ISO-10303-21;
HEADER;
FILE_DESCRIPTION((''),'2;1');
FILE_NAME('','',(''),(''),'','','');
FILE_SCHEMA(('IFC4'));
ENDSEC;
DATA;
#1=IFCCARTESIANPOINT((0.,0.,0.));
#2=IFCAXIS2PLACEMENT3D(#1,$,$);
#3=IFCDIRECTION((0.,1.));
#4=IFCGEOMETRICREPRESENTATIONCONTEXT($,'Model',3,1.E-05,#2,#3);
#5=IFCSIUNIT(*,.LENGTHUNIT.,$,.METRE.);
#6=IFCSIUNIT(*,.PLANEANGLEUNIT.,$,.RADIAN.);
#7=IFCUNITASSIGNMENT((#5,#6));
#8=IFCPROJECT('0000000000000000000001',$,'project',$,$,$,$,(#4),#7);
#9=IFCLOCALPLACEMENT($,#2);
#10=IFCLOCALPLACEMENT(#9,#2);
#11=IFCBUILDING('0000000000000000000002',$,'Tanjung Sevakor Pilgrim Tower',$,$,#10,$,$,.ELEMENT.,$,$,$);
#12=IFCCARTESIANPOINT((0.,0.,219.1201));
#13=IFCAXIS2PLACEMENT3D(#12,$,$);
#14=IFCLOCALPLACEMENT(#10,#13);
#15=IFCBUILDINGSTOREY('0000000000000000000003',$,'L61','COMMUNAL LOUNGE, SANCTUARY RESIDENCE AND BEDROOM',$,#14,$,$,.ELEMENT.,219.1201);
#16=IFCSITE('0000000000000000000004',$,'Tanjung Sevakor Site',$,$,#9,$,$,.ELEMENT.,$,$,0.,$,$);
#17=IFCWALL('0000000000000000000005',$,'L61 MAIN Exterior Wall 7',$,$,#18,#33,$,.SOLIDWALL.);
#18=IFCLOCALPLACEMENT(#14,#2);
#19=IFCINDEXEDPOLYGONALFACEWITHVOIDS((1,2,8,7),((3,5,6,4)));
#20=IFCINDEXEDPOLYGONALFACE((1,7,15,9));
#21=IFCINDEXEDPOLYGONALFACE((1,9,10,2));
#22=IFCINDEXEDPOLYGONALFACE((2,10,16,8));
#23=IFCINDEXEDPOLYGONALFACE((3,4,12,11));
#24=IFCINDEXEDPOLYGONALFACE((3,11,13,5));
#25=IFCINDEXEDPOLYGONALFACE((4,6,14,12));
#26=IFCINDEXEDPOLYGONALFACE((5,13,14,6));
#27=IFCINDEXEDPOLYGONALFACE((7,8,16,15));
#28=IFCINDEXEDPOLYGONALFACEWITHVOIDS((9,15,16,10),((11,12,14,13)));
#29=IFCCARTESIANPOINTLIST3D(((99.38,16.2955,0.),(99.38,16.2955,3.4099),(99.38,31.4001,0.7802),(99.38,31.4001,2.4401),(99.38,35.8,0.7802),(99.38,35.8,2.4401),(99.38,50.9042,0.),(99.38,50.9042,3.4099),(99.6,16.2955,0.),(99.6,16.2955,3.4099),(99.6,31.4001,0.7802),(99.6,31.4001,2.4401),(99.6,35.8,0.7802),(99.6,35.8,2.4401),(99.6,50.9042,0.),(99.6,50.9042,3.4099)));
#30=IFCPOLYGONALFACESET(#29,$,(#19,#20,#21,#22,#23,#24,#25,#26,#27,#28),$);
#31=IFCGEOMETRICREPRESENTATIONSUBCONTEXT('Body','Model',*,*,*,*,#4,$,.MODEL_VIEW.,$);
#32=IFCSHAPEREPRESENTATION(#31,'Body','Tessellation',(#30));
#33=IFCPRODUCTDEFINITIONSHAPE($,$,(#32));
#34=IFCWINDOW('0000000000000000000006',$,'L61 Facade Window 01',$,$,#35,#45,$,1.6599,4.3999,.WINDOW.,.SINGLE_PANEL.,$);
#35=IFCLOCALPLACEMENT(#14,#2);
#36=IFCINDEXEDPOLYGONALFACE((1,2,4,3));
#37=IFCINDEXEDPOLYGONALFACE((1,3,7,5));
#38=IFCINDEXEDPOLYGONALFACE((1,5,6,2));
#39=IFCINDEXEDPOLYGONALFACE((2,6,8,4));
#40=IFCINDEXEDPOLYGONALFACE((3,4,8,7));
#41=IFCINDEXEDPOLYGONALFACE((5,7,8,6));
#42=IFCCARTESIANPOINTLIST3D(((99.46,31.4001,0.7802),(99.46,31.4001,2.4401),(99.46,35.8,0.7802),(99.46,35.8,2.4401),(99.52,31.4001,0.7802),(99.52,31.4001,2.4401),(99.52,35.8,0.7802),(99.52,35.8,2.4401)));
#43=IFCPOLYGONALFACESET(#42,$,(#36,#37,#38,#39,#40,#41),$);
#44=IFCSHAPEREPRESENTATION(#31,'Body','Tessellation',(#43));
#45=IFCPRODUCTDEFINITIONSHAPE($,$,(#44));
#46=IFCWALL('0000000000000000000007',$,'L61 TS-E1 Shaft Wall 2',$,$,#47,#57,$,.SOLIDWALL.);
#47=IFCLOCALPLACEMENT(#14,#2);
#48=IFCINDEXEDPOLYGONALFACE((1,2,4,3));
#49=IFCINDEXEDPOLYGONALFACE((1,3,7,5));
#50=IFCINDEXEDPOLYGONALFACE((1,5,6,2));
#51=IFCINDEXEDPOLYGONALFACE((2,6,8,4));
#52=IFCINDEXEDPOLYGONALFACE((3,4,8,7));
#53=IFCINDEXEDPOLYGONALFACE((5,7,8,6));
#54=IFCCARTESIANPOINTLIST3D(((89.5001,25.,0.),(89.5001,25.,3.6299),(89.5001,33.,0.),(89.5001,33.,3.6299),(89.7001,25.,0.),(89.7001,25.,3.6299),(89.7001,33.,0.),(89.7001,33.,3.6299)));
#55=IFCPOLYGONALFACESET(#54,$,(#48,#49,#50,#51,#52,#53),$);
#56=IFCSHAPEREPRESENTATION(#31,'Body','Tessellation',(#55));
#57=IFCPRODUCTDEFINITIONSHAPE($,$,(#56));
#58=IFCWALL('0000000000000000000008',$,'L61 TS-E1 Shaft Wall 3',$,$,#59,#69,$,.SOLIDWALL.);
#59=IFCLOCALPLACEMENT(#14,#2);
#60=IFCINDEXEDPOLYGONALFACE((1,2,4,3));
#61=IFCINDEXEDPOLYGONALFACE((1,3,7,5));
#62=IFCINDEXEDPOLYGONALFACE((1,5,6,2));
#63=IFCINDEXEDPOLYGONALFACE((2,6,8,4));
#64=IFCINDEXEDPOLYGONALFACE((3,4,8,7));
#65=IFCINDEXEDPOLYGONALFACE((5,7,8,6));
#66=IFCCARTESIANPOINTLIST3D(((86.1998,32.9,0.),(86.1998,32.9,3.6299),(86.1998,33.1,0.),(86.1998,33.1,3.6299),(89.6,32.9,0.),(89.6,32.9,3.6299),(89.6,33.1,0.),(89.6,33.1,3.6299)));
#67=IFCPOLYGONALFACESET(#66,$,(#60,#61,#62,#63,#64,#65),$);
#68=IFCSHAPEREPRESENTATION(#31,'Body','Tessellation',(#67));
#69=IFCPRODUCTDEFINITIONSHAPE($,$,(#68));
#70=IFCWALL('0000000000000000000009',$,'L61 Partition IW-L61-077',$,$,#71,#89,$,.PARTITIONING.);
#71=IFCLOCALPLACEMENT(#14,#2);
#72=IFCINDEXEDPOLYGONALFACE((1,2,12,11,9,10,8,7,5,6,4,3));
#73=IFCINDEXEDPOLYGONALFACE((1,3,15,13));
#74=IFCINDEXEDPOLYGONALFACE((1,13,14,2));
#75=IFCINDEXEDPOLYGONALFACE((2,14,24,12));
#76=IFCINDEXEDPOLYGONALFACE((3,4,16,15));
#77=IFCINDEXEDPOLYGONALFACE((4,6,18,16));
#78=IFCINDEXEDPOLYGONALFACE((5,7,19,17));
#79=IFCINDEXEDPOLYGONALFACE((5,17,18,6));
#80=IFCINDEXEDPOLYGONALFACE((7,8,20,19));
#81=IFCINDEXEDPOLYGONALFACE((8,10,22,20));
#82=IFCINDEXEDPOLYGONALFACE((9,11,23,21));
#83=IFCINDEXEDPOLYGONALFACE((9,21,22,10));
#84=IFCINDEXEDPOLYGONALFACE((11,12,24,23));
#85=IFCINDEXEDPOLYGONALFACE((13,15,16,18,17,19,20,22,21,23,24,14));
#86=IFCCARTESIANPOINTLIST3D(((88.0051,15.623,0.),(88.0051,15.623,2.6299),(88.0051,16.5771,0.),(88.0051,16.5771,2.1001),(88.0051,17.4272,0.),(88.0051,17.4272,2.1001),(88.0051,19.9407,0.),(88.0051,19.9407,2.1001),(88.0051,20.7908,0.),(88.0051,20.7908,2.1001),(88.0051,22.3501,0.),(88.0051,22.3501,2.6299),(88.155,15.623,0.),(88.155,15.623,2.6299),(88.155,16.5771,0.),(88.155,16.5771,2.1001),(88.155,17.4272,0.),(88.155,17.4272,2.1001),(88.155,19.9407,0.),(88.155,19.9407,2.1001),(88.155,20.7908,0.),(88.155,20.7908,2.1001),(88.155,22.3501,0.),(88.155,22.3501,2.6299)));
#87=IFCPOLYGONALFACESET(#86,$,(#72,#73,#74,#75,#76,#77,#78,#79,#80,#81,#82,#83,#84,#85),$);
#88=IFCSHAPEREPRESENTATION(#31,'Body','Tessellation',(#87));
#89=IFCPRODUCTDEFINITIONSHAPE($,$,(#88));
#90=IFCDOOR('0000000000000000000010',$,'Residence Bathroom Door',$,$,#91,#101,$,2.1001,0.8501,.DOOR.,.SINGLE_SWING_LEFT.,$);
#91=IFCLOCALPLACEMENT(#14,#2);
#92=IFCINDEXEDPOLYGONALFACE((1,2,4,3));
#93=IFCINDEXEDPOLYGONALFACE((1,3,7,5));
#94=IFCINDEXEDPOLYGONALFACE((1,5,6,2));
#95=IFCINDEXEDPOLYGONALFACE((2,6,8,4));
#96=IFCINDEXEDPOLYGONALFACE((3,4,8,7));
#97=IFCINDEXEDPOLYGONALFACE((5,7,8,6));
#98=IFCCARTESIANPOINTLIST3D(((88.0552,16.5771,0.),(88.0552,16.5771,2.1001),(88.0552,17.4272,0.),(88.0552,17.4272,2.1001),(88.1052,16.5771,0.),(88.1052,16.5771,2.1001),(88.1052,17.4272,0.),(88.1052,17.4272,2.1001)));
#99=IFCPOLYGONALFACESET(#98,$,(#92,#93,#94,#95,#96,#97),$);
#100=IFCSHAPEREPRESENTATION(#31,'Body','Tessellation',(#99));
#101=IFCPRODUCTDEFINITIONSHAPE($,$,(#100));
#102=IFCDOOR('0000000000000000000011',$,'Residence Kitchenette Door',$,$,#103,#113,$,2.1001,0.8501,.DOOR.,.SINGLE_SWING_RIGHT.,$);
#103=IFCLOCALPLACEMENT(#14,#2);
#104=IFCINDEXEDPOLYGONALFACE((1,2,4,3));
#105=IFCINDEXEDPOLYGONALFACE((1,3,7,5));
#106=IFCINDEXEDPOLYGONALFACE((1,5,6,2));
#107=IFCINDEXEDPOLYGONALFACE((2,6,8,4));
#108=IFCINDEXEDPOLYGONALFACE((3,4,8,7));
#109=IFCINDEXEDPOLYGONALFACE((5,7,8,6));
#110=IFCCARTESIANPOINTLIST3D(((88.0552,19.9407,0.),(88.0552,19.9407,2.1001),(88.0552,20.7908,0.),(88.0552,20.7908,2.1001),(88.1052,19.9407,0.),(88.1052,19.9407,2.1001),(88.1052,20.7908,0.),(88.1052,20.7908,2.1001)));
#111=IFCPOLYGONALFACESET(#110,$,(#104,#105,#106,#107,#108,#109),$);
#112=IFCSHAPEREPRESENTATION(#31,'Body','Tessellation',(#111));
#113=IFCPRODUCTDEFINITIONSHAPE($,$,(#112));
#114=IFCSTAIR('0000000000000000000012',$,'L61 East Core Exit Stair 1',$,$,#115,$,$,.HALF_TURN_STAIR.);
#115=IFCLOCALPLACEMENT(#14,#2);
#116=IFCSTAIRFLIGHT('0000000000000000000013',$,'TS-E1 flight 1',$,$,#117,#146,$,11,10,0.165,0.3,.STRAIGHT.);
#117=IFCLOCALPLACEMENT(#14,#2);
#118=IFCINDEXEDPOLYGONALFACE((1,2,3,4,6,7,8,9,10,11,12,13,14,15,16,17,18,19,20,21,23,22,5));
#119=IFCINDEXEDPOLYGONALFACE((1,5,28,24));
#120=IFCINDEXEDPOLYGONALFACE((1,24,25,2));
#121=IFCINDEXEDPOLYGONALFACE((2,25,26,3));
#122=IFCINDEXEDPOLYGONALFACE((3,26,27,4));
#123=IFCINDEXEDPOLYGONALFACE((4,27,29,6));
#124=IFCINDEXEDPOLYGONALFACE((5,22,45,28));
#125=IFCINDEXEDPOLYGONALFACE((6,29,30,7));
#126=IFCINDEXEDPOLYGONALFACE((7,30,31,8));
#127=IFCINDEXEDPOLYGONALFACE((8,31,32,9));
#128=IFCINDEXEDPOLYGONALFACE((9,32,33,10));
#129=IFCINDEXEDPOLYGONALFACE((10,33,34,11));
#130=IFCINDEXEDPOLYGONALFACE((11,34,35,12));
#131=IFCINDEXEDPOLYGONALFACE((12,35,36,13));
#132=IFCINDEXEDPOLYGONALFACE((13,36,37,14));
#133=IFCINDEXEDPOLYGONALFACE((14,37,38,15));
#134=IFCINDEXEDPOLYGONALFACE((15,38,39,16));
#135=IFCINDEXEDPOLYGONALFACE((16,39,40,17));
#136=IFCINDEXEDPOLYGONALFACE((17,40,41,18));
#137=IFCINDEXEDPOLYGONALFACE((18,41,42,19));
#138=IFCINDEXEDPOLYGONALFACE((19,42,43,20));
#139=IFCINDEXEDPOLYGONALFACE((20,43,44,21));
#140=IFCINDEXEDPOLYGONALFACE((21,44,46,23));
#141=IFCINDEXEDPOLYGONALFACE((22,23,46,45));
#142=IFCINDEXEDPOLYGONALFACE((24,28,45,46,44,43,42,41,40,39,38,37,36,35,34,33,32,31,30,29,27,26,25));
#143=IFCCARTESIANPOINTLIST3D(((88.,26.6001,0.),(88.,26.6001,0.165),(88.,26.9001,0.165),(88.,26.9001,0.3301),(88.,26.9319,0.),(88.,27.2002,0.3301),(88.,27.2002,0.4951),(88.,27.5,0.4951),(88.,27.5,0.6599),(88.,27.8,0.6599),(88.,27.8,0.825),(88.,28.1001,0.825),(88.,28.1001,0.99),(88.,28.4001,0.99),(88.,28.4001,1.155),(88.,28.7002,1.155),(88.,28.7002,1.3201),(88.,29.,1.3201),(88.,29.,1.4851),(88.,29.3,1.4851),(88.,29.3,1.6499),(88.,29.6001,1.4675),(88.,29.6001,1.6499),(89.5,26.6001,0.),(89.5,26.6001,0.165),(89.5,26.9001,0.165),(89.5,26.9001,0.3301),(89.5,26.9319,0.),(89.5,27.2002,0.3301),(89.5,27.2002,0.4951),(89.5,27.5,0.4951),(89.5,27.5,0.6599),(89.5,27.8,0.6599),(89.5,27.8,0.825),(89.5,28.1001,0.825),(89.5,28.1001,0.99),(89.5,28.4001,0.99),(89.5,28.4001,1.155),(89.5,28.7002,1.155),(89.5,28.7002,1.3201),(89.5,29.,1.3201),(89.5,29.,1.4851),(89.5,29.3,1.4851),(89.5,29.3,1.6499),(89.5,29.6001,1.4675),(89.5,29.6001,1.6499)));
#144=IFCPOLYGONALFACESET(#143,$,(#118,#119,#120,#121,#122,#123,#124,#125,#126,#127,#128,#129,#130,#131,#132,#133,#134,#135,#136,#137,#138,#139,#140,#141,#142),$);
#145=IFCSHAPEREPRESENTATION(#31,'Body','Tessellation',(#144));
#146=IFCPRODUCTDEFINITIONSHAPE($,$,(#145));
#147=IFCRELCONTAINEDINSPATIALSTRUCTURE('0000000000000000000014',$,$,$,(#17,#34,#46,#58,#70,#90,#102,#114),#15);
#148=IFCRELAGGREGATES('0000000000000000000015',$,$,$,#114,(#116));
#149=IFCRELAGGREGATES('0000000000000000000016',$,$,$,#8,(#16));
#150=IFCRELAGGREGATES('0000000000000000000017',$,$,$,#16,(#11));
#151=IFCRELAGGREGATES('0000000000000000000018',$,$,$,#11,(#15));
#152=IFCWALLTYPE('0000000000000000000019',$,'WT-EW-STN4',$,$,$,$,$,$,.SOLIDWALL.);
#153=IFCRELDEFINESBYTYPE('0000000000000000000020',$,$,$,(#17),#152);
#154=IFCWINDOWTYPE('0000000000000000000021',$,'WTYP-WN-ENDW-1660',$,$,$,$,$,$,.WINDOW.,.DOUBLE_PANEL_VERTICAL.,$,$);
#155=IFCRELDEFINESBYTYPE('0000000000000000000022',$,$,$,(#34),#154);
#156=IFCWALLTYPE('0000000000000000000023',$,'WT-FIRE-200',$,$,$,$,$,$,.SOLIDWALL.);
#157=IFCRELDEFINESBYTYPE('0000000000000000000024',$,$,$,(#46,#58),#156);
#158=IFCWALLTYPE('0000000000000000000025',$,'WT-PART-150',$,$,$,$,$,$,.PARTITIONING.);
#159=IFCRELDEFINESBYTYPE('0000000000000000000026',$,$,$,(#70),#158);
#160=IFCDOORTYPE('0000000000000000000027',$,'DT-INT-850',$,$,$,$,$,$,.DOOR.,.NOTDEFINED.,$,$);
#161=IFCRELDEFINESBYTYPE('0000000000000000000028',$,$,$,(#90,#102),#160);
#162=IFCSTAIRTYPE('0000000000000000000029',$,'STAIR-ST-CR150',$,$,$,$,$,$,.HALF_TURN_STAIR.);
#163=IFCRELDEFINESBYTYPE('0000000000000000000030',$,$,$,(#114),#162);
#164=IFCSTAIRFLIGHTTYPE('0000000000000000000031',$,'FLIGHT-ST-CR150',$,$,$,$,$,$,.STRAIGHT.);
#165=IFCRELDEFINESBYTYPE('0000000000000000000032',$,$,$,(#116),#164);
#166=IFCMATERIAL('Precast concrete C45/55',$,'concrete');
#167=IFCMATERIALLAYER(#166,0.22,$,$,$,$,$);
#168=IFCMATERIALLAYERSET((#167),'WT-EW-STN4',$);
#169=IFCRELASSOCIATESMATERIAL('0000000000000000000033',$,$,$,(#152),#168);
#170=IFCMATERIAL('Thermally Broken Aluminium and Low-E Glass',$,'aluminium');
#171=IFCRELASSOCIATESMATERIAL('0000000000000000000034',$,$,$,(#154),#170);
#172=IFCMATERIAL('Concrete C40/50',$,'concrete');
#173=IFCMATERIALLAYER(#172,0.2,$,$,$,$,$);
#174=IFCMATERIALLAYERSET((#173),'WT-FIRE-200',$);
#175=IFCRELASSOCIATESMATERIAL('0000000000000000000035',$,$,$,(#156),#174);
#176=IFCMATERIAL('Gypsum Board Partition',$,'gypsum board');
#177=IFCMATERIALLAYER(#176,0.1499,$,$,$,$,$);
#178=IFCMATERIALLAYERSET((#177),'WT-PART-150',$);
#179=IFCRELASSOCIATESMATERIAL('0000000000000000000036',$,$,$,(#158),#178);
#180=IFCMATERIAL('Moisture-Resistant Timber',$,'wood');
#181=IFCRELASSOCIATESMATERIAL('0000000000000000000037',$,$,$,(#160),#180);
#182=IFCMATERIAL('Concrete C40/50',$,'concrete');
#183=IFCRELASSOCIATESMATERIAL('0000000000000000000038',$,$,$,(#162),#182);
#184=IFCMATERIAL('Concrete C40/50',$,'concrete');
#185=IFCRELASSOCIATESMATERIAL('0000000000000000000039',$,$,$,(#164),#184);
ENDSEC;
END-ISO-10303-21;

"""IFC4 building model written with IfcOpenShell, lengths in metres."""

from ifc_helpers import new_model, si_unit, direction, frame, frame_2d, origin, place, context, subcontext, project, spatial, polyline, rectangle, outline, extrude, material, layer, layer_set, type_object, element, fill, aggregate, save


model = new_model("IFC4")

# Units and contexts
model_context = context("Model", 3, precision=1e-05, world=origin(), true_north=direction((0.0, 1.0)))
body_context = subcontext(model_context, "Body", "Model", "MODEL_VIEW")
ifc_project = project(units=[si_unit("LENGTHUNIT", "METRE"), si_unit("PLANEANGLEUNIT", "RADIAN")], contexts=[model_context])

# Site, building, storey
site_placement = place(None, origin())
site = spatial("IfcSite", under=ifc_project, at=site_placement, Name="Tanjung Sevakor Site", CompositionType="ELEMENT", RefElevation=0.0)
building_placement = place(site_placement, origin())
building = spatial("IfcBuilding", under=site, at=building_placement, Name="Tanjung Sevakor Pilgrim Tower", CompositionType="ELEMENT")
storey_placement = place(building_placement, frame((0.0, 0.0, 219.1201)))
storey = spatial("IfcBuildingStorey", under=building, at=storey_placement, Name="L61", Description="COMMUNAL LOUNGE, SANCTUARY RESIDENCE AND BEDROOM", CompositionType="ELEMENT", Elevation=219.1201)

# Wall, opening, window
ifc_material_1 = material(Name="Precast concrete C45/55", Category="concrete")
ifc_layer_1 = layer(ifc_material_1, 0.22)
ifc_layer_set_1 = layer_set([ifc_layer_1], Name="WT-EW-STN4")
wall_type_1 = type_object("IfcWallType", Name="WT-EW-STN4", PredefinedType="SOLIDWALL", material=ifc_layer_set_1)
wall_1_placement = place(storey_placement, frame((99.49, 16.2957, 0.0), z_axis=(0.0, 0.0, 1.0), x_axis=(0.0, 1.0, 0.0)))
wall_1 = element("IfcWall", 1, at=wall_1_placement, inside=storey, type_object=wall_type_1, Name="L61 MAIN Exterior Wall 7", PredefinedType="SOLIDWALL", context=body_context, shape_type="SweptSolid", body=[
    extrude(rectangle(XDim=34.6086, YDim=0.22, at=frame_2d((17.3042, 0.0))), origin(), (0.0, 0.0, 1.0), 3.4099),
])
opening_1_placement = place(wall_1_placement, frame((15.1045, 0.0, 0.78)))
opening_1 = element("IfcOpeningElement", 2, at=opening_1_placement, cuts=wall_1, PredefinedType="OPENING", context=body_context, shape_type="SweptSolid", body=[
    extrude(rectangle(XDim=4.3999, YDim=1.6599, at=frame_2d((2.2, 0.8301))), frame((0.0, 0.1199, 0.0), z_axis=(0.0, -1.0, 0.0), x_axis=(1.0, 0.0, 0.0)), (0.0, 0.0, 1.0), 0.24),
])
ifc_material_2 = material(Name="Thermally Broken Aluminium and Low-E Glass", Category="aluminium")
window_type_1 = type_object("IfcWindowType", Name="WTYP-WN-ENDW-1660", PartitioningType="DOUBLE_PANEL_VERTICAL", PredefinedType="WINDOW", material=ifc_material_2)
window_1_placement = place(opening_1_placement, origin())
window_1 = element("IfcWindow", 3, at=window_1_placement, inside=storey, type_object=window_type_1, Name="L61 Facade Window 01", OverallHeight=1.6599, OverallWidth=4.3999, PartitioningType="SINGLE_PANEL", PredefinedType="WINDOW", context=body_context, shape_type="SweptSolid", body=[
    extrude(rectangle(XDim=4.3999, YDim=1.6599, at=frame_2d((2.2, 0.8301))), frame((0.0, 0.03, 0.0), z_axis=(0.0, -1.0, 0.0), x_axis=(1.0, 0.0, 0.0)), (0.0, 0.0, 1.0), 0.0601),
])
fill(opening_1, window_1)

# Walls
ifc_material_3 = material(Name="Concrete C40/50", Category="concrete")
ifc_layer_2 = layer(ifc_material_3, 0.2)
ifc_layer_set_2 = layer_set([ifc_layer_2], Name="WT-FIRE-200")
wall_type_2 = type_object("IfcWallType", Name="WT-FIRE-200", PredefinedType="SOLIDWALL", material=ifc_layer_set_2)
wall_2_placement = place(storey_placement, frame((89.6001, 25.0, 0.0), z_axis=(0.0, 0.0, 1.0), x_axis=(0.0, 1.0, 0.0)))
element("IfcWall", 4, at=wall_2_placement, inside=storey, type_object=wall_type_2, Name="L61 TS-E1 Shaft Wall 2", PredefinedType="SOLIDWALL", context=body_context, shape_type="SweptSolid", body=[
    extrude(rectangle(XDim=8.0, YDim=0.2, at=frame_2d((4.0, 0.0))), origin(), (0.0, 0.0, 1.0), 3.6299),
])
wall_3_placement = place(storey_placement, frame((89.6001, 33.0, 0.0), z_axis=(0.0, 0.0, 1.0), x_axis=(-1.0, 0.0, 0.0)))
element("IfcWall", 5, at=wall_3_placement, inside=storey, type_object=wall_type_2, Name="L61 TS-E1 Shaft Wall 3", PredefinedType="SOLIDWALL", context=body_context, shape_type="SweptSolid", body=[
    extrude(rectangle(XDim=3.4001, YDim=0.2, at=frame_2d((1.7002, 0.0))), origin(), (0.0, 0.0, 1.0), 3.6299),
])

# Wall, openings, doors
ifc_material_4 = material(Name="Gypsum Board Partition", Category="gypsum board")
ifc_layer_3 = layer(ifc_material_4, 0.1499)
ifc_layer_set_3 = layer_set([ifc_layer_3], Name="WT-PART-150")
wall_type_3 = type_object("IfcWallType", Name="WT-PART-150", PredefinedType="PARTITIONING", material=ifc_layer_set_3)
wall_4_placement = place(storey_placement, frame((88.0801, 15.623, 0.0), z_axis=(0.0, 0.0, 1.0), x_axis=(0.0, 1.0, 0.0)))
wall_4 = element("IfcWall", 6, at=wall_4_placement, inside=storey, type_object=wall_type_3, Name="L61 Partition IW-L61-077", PredefinedType="PARTITIONING", context=body_context, shape_type="SweptSolid", body=[
    extrude(rectangle(XDim=6.7271, YDim=0.1499, at=frame_2d((3.3635, 0.0))), origin(), (0.0, 0.0, 1.0), 2.6299),
])
opening_2_placement = place(wall_4_placement, frame((0.9541, 0.0, 0.0)))
opening_2 = element("IfcOpeningElement", 7, at=opening_2_placement, cuts=wall_4, PredefinedType="OPENING", context=body_context, shape_type="SweptSolid", body=[
    extrude(rectangle(XDim=0.8501, YDim=2.1001, at=frame_2d((0.425, 1.05))), frame((0.0, 0.085, 0.0), z_axis=(0.0, -1.0, 0.0), x_axis=(1.0, 0.0, 0.0)), (0.0, 0.0, 1.0), 0.1699),
])
opening_3_placement = place(wall_4_placement, frame((4.3176, 0.0, 0.0)))
opening_3 = element("IfcOpeningElement", 8, at=opening_3_placement, cuts=wall_4, PredefinedType="OPENING", context=body_context, shape_type="SweptSolid", body=[
    extrude(rectangle(XDim=0.8501, YDim=2.1001, at=frame_2d((0.425, 1.05))), frame((0.0, 0.085, 0.0), z_axis=(0.0, -1.0, 0.0), x_axis=(1.0, 0.0, 0.0)), (0.0, 0.0, 1.0), 0.1699),
])
ifc_material_5 = material(Name="Moisture-Resistant Timber", Category="wood")
door_type_1 = type_object("IfcDoorType", Name="DT-INT-850", OperationType="NOTDEFINED", PredefinedType="DOOR", material=ifc_material_5)
door_1_placement = place(opening_2_placement, origin())
door_1 = element("IfcDoor", 9, at=door_1_placement, inside=storey, type_object=door_type_1, Name="Residence Bathroom Door", OperationType="SINGLE_SWING_LEFT", OverallHeight=2.1001, OverallWidth=0.8501, PredefinedType="DOOR", context=body_context, shape_type="SweptSolid", body=[
    extrude(rectangle(XDim=0.8501, YDim=2.1001, at=frame_2d((0.425, 1.05))), frame((0.0, 0.0249, 0.0), z_axis=(0.0, -1.0, 0.0), x_axis=(1.0, 0.0, 0.0)), (0.0, 0.0, 1.0), 0.05),
])
fill(opening_2, door_1)
door_2_placement = place(opening_3_placement, origin())
door_2 = element("IfcDoor", 10, at=door_2_placement, inside=storey, type_object=door_type_1, Name="Residence Kitchenette Door", OperationType="SINGLE_SWING_RIGHT", OverallHeight=2.1001, OverallWidth=0.8501, PredefinedType="DOOR", context=body_context, shape_type="SweptSolid", body=[
    extrude(rectangle(XDim=0.8501, YDim=2.1001, at=frame_2d((0.425, 1.05))), frame((0.0, 0.0249, 0.0), z_axis=(0.0, -1.0, 0.0), x_axis=(1.0, 0.0, 0.0)), (0.0, 0.0, 1.0), 0.05),
])
fill(opening_3, door_2)

# Stair, stair flight
ifc_material_6 = material(Name="Concrete C40/50", Category="concrete")
stair_type = type_object("IfcStairType", Name="STAIR-ST-CR150", PredefinedType="HALF_TURN_STAIR", material=ifc_material_6)
stair_placement = place(storey_placement, origin())
stair = element("IfcStair", 11, at=stair_placement, inside=storey, type_object=stair_type, Name="L61 East Core Exit Stair 1", PredefinedType="HALF_TURN_STAIR")
ifc_material_7 = material(Name="Concrete C40/50", Category="concrete")
stair_flight_type = type_object("IfcStairFlightType", Name="FLIGHT-ST-CR150", PredefinedType="STRAIGHT", material=ifc_material_7)
stair_flight_1_placement = place(storey_placement, frame((88.75, 26.6001, 0.0), z_axis=(0.0, 0.0, 1.0), x_axis=(0.0, 1.0, 0.0)))
stair_flight_1 = element("IfcStairFlight", 12, at=stair_flight_1_placement, type_object=stair_flight_type, Name="TS-E1 flight 1", NumberOfRisers=11, NumberOfTreads=10, PredefinedType="STRAIGHT", RiserHeight=0.165, TreadLength=0.3, context=body_context, shape_type="SweptSolid", body=[
    extrude(outline(polyline([(0.0, 0.0), (0.0, 0.165), (0.3, 0.165), (0.3, 0.3301), (0.6001, 0.3301), (0.6001, 0.4951), (0.8999, 0.4951), (0.8999, 0.6599), (1.2, 0.6599), (1.2, 0.825), (1.5, 0.825), (1.5, 0.99), (1.8, 0.99), (1.8, 1.155), (2.1001, 1.155), (2.1001, 1.3201), (2.3999, 1.3201), (2.3999, 1.4851), (2.7, 1.4851), (2.7, 1.6499), (3.0, 1.6499), (3.0, 1.8149), (3.0, 1.4675), (0.3318, 0.0), (0.0, 0.0)])), frame((0.0, 0.75, 0.0), z_axis=(0.0, -1.0, 0.0), x_axis=(1.0, 0.0, 0.0)), (0.0, 0.0, 1.0), 1.5),
])
aggregate(stair, [stair_flight_1])

save(model, "model.ifc")
